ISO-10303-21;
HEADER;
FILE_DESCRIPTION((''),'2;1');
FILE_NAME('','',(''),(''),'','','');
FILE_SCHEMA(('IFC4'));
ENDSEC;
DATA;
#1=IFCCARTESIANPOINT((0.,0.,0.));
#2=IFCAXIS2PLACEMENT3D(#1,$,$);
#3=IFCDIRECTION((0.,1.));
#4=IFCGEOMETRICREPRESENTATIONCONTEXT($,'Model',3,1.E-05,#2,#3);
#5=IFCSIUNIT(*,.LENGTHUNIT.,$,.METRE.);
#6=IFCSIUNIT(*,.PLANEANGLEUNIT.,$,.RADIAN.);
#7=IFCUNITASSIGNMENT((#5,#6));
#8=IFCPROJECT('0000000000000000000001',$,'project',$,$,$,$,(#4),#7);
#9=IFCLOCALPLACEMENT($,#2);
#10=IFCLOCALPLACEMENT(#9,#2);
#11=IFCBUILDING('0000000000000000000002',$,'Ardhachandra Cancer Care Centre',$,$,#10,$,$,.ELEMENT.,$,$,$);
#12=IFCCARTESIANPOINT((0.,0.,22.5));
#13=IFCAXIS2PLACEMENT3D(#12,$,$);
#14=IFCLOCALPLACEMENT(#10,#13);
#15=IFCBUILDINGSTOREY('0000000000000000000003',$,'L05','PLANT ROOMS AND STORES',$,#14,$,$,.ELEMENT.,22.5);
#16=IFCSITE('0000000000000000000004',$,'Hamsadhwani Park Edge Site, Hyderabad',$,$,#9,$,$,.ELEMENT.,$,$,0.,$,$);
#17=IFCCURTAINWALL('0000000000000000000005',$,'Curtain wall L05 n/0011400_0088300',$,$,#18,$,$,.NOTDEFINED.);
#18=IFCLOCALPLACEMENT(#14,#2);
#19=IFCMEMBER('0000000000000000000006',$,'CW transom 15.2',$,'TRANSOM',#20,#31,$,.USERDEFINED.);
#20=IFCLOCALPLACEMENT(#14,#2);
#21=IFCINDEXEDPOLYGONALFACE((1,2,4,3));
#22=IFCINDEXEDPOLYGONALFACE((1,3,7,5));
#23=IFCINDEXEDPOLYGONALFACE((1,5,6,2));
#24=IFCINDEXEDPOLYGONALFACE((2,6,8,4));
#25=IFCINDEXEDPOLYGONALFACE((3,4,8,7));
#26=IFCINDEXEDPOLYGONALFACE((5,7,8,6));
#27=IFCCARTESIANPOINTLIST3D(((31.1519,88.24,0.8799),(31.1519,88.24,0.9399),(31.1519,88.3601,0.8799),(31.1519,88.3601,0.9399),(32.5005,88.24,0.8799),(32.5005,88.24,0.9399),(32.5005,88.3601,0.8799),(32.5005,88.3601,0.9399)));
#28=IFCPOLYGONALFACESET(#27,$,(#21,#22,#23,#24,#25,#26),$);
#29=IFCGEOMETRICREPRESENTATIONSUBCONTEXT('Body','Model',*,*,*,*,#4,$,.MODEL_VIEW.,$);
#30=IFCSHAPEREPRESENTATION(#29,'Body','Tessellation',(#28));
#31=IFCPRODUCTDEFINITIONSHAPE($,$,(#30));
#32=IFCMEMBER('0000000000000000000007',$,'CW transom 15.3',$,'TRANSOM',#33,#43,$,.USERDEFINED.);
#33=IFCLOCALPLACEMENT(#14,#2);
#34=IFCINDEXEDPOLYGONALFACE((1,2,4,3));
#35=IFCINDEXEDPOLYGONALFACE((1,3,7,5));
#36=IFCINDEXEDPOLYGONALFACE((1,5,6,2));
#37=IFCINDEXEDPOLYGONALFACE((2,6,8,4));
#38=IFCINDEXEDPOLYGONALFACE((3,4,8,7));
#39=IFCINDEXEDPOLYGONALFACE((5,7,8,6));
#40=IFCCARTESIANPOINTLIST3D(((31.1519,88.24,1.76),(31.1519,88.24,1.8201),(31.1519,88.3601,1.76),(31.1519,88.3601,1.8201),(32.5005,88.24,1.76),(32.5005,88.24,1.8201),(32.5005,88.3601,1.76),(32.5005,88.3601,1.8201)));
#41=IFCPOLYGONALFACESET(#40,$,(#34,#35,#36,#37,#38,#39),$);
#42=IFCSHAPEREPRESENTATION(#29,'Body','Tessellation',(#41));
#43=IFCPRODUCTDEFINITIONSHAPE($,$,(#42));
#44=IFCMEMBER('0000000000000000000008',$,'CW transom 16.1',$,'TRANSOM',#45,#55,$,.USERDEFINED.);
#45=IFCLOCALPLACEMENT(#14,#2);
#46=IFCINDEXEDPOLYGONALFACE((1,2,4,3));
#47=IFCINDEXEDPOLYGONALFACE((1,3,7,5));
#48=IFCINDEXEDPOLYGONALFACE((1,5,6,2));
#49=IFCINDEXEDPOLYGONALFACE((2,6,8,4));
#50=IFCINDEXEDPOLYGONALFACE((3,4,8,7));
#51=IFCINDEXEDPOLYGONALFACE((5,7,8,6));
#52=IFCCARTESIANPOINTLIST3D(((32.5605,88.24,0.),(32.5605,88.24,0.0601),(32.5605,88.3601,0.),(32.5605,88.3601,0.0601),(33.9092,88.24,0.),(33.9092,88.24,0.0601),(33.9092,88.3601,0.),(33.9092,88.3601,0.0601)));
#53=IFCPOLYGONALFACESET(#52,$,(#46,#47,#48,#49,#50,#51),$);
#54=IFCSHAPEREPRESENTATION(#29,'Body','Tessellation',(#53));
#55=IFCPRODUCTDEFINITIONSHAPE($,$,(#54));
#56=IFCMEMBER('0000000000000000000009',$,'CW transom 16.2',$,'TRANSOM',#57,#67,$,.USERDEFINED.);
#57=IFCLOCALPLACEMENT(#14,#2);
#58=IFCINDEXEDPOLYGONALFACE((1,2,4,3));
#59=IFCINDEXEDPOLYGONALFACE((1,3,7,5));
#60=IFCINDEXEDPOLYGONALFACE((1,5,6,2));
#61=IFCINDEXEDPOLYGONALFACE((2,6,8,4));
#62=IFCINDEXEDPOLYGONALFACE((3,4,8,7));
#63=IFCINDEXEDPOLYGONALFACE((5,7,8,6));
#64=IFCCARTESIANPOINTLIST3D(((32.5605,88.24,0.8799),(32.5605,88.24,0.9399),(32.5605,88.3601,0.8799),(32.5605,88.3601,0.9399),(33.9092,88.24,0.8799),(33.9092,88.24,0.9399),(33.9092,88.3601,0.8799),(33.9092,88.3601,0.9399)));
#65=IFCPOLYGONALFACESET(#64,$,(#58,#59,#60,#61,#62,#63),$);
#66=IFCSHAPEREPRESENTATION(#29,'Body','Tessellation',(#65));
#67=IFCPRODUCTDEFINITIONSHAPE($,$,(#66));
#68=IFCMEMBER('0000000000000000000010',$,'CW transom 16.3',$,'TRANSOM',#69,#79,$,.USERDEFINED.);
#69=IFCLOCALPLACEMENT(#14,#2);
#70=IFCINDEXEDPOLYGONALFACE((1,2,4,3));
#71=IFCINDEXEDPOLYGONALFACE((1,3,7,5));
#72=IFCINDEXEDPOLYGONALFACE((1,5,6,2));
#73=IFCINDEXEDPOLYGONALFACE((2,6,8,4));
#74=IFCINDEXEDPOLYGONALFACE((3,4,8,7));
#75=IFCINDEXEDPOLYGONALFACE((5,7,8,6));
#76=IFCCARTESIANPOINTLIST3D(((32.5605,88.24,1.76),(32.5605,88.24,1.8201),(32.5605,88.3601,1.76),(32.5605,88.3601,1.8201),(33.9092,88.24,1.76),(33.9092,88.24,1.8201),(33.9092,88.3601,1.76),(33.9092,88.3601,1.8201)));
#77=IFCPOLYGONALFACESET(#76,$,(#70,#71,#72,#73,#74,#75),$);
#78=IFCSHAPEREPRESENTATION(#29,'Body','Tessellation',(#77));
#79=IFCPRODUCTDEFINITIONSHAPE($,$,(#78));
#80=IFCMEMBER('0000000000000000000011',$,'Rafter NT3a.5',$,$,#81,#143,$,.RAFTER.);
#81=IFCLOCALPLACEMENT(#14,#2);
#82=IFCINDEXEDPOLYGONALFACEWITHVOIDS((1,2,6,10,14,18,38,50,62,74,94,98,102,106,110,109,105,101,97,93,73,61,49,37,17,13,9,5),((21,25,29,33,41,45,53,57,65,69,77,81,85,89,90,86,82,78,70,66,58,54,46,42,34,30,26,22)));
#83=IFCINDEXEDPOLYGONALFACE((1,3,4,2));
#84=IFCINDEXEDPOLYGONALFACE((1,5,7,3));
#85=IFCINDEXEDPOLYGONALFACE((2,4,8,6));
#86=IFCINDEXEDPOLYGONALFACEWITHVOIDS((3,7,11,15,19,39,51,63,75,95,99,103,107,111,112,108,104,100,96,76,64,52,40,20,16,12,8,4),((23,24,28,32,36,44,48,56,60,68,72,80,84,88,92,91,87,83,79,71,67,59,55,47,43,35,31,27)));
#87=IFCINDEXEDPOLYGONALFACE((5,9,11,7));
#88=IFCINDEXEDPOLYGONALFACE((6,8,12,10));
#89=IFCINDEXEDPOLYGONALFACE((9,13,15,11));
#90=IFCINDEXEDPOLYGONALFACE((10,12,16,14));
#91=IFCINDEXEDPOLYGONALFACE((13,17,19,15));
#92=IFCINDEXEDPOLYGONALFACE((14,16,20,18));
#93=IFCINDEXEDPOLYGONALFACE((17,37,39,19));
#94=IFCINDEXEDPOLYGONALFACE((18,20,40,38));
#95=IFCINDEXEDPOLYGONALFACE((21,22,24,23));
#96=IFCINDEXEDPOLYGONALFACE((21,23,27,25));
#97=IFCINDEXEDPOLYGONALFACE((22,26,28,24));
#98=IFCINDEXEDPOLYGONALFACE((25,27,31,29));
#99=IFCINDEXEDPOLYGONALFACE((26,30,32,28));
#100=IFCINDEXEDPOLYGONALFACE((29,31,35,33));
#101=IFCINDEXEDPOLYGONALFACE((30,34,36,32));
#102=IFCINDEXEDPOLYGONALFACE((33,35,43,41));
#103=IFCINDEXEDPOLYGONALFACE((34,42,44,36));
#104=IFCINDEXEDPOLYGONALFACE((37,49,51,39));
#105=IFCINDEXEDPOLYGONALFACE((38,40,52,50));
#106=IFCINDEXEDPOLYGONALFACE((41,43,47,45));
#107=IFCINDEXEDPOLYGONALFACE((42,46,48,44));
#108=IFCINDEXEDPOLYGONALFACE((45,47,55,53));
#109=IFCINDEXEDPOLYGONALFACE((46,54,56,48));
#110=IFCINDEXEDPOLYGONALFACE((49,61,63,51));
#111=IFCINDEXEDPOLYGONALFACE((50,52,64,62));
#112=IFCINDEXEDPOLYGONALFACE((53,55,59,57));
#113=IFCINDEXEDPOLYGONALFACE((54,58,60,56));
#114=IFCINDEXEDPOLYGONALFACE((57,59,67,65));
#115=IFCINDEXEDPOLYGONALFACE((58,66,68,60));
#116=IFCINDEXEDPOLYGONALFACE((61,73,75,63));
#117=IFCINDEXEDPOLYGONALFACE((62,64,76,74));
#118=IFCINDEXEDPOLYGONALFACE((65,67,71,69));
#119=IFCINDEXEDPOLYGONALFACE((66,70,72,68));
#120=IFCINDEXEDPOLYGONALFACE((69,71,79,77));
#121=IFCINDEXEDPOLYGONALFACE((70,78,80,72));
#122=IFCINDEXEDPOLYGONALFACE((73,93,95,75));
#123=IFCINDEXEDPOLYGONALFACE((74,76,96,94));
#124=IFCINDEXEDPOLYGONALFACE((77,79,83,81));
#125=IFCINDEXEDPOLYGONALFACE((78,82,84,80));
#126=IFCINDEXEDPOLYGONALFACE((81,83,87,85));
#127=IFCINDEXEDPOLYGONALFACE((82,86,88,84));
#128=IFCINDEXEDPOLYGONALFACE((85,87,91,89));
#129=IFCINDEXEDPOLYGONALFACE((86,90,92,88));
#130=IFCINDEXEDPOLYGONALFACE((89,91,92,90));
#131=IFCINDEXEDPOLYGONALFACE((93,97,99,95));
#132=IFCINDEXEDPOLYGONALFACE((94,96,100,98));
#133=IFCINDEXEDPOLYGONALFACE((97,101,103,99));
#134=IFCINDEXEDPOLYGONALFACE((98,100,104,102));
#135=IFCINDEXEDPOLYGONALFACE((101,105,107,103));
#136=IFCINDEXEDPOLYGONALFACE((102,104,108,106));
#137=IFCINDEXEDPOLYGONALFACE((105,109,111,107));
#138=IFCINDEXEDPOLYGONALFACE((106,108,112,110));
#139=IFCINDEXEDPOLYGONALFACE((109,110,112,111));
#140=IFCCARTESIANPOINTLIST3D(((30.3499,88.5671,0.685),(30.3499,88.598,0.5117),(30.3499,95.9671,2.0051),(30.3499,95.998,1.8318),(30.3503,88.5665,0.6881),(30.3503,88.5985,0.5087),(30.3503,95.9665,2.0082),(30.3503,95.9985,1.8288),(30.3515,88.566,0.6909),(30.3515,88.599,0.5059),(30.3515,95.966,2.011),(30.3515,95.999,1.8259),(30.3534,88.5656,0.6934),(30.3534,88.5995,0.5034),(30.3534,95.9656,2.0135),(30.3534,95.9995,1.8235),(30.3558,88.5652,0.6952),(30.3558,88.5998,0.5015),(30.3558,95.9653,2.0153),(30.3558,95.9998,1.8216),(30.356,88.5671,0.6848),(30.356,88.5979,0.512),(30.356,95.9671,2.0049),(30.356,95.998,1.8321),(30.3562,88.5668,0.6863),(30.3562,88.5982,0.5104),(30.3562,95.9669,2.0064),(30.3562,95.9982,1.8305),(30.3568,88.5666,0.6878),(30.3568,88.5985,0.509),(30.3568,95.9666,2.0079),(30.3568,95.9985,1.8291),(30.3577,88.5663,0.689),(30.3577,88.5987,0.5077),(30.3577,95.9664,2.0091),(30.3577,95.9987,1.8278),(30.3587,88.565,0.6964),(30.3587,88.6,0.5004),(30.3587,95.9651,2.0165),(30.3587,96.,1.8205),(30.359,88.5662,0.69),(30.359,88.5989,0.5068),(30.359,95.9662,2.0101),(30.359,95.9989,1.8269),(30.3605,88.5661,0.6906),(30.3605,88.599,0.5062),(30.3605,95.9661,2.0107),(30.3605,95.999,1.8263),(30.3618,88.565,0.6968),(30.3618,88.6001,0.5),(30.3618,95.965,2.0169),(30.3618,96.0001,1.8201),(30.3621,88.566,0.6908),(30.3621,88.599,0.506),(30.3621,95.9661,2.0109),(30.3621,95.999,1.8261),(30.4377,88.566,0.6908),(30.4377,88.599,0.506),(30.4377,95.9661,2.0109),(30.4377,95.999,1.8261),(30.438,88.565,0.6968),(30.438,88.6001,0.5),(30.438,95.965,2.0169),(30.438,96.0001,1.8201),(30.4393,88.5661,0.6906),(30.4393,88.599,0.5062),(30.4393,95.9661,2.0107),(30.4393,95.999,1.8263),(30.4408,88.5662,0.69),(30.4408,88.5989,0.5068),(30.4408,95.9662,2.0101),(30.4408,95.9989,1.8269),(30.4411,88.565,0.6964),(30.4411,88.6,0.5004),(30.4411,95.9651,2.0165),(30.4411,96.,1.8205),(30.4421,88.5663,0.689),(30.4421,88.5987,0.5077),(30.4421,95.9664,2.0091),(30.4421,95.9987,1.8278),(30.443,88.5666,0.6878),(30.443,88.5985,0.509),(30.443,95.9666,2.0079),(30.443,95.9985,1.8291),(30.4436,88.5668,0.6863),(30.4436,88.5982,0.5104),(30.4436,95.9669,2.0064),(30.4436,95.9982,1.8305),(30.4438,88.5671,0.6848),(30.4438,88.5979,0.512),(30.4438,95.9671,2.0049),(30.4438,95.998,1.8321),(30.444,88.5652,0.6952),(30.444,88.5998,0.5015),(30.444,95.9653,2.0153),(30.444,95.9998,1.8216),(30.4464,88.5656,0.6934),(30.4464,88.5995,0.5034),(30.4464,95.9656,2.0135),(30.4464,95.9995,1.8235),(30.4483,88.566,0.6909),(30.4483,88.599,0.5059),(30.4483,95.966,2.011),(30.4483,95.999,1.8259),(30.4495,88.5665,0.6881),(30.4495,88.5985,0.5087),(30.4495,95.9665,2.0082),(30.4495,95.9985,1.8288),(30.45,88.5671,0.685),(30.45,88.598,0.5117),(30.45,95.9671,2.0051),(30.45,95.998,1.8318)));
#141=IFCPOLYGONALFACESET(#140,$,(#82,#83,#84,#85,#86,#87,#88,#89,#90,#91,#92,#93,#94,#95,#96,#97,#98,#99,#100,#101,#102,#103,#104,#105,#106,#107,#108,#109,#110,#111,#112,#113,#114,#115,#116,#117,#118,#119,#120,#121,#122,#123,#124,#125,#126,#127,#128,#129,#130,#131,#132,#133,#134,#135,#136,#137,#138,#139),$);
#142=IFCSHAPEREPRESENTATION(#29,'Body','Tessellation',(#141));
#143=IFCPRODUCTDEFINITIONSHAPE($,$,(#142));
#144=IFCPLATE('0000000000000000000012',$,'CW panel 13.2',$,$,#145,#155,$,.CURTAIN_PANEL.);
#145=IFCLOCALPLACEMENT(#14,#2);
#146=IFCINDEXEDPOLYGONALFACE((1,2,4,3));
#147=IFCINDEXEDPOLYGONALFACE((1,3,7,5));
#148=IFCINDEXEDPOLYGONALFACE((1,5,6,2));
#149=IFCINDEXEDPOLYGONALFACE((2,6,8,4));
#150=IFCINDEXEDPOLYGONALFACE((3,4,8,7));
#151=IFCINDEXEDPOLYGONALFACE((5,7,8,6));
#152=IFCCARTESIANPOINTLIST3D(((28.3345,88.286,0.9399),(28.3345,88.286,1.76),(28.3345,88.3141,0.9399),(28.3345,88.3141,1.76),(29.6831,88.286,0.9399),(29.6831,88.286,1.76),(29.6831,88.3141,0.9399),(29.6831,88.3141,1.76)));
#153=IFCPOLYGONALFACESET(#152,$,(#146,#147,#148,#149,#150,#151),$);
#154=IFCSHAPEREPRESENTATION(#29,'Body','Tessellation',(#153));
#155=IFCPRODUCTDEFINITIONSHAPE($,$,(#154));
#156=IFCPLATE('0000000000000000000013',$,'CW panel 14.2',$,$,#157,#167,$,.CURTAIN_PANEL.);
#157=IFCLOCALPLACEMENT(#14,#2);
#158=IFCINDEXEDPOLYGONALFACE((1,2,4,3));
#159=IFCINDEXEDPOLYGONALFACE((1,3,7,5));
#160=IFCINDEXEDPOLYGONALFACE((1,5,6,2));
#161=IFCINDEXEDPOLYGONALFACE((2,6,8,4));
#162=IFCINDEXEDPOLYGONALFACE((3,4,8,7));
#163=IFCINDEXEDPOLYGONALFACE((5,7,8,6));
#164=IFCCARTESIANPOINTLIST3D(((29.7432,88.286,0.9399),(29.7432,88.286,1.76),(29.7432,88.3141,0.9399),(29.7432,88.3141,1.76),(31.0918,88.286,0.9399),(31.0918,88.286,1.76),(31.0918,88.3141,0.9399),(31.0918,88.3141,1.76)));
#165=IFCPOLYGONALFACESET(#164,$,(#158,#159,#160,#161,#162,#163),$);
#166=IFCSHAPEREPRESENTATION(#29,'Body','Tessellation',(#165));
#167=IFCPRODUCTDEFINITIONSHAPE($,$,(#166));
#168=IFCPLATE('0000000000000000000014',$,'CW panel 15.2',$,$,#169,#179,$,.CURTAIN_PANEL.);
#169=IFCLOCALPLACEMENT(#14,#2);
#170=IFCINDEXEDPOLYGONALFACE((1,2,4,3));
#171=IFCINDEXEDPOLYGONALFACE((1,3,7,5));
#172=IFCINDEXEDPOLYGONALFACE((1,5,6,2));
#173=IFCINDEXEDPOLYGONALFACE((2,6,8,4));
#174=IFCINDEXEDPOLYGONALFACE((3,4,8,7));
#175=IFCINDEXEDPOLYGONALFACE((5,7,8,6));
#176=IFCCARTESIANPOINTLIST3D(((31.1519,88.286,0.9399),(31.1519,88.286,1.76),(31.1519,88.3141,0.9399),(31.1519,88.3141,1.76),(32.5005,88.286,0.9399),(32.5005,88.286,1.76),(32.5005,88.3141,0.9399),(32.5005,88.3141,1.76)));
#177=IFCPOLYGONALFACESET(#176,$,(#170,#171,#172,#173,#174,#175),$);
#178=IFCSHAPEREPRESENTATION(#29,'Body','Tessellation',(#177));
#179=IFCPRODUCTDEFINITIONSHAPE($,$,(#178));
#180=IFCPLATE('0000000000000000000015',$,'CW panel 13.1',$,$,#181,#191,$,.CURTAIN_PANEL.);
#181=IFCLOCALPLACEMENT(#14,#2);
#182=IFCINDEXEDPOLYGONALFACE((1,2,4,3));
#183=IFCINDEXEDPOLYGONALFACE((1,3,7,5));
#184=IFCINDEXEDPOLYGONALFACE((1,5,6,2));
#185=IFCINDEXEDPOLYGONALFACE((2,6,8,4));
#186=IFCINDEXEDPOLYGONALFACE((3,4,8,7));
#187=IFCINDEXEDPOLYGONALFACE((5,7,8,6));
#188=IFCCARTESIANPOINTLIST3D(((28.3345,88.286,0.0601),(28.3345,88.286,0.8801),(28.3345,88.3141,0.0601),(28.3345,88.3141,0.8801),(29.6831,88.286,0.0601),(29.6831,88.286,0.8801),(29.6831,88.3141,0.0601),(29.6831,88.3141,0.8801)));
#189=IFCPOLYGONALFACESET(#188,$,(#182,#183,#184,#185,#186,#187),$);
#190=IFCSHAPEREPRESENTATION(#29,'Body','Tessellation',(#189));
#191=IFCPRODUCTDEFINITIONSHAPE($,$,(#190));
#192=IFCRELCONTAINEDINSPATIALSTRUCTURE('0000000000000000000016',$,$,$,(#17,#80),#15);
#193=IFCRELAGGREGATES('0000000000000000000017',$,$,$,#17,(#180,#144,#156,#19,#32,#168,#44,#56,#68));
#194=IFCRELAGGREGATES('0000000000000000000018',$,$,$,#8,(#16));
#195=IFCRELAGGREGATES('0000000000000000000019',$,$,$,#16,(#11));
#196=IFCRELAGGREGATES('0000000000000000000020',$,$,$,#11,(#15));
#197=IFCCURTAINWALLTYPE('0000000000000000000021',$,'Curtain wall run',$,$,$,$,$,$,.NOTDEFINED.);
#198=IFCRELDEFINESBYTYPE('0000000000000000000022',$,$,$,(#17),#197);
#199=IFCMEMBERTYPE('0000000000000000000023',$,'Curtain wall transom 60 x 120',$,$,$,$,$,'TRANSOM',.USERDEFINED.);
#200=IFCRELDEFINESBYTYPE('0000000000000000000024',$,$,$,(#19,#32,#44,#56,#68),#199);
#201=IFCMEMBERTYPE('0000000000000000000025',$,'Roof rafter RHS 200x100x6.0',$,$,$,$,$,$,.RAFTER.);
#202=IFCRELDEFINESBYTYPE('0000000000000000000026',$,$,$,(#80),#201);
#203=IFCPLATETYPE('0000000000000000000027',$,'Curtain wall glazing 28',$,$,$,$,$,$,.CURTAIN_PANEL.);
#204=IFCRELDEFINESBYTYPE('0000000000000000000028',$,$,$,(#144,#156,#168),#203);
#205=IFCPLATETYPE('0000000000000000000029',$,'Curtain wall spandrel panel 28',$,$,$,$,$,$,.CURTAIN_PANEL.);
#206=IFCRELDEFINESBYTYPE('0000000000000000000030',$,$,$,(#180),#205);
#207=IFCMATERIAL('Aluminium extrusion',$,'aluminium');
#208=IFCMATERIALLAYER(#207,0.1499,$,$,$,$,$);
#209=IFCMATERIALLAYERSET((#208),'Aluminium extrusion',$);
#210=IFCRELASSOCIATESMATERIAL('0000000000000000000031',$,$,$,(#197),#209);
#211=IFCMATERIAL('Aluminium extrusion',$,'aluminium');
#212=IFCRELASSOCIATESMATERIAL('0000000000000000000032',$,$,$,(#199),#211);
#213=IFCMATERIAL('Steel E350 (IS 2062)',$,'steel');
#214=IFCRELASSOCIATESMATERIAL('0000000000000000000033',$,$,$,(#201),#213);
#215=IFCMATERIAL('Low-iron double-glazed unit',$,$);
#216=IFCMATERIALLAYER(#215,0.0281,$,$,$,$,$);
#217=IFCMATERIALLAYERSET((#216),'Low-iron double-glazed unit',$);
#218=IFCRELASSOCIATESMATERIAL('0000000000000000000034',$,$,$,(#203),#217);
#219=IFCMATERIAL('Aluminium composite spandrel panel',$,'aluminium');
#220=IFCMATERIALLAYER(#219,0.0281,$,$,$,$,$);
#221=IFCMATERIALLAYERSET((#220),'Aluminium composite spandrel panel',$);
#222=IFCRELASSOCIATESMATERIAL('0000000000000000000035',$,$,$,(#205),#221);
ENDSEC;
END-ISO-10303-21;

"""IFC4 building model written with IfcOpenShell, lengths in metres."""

from ifc_helpers import new_model, si_unit, direction, frame, origin, origin_2d, place, context, subcontext, project, spatial, rectangle, hollow_rectangle, extrude, material, layer, layer_set, material_profile, profile_set, type_object, element, aggregate, save


model = new_model("IFC4")

# Units and contexts
model_context = context("Model", 3, precision=1e-05, world=origin(), true_north=direction((0.0, 1.0)))
body_context = subcontext(model_context, "Body", "Model", "MODEL_VIEW")
ifc_project = project(units=[si_unit("LENGTHUNIT", "METRE"), si_unit("PLANEANGLEUNIT", "RADIAN")], contexts=[model_context])

# Site, building, storey
site_placement = place(None, origin())
site = spatial("IfcSite", under=ifc_project, at=site_placement, Name="Hamsadhwani Park Edge Site, Hyderabad", CompositionType="ELEMENT", RefElevation=0.0)
building_placement = place(site_placement, origin())
building = spatial("IfcBuilding", under=site, at=building_placement, Name="Ardhachandra Cancer Care Centre", CompositionType="ELEMENT")
storey_placement = place(building_placement, frame((0.0, 0.0, 22.5)))
storey = spatial("IfcBuildingStorey", under=building, at=storey_placement, Name="L05", Description="PLANT ROOMS AND STORES", CompositionType="ELEMENT", Elevation=22.5)

# Curtain wall, members
ifc_material_1 = material(Name="Aluminium extrusion", Category="aluminium")
ifc_layer_1 = layer(ifc_material_1, 0.1499)
ifc_layer_set_1 = layer_set([ifc_layer_1], Name="Aluminium extrusion")
curtain_wall_type = type_object("IfcCurtainWallType", Name="Curtain wall run", PredefinedType="NOTDEFINED", material=ifc_layer_set_1)
curtain_wall_placement = place(storey_placement, origin())
curtain_wall = element("IfcCurtainWall", 1, at=curtain_wall_placement, inside=storey, type_object=curtain_wall_type, Name="Curtain wall L05 n/0011400_0088300", PredefinedType="NOTDEFINED")
ifc_material_2 = material(Name="Aluminium extrusion", Category="aluminium")
ifc_material_profile_1 = material_profile(ifc_material_2, rectangle(XDim=0.1201, YDim=0.0601, at=origin_2d()), Name="Curtain wall transom 60 x 120")
ifc_profile_set_1 = profile_set([ifc_material_profile_1], Name="Aluminium extrusion")
member_type_1 = type_object("IfcMemberType", Name="Curtain wall transom 60 x 120", ElementType="TRANSOM", PredefinedType="USERDEFINED", material=ifc_profile_set_1)
member_1_placement = place(storey_placement, frame((31.1519, 88.3, 0.9099), z_axis=(1.0, 0.0, 0.0), x_axis=(0.0, 1.0, 0.0)))
member_1 = element("IfcMember", 2, at=member_1_placement, type_object=member_type_1, Name="CW transom 15.2", ObjectType="TRANSOM", PredefinedType="USERDEFINED", context=body_context, shape_type="SweptSolid", body=[
    extrude(rectangle(XDim=0.1201, YDim=0.0601, at=origin_2d()), origin(), (0.0, 0.0, 1.0), 1.3486),
])
member_2_placement = place(storey_placement, frame((31.1519, 88.3, 1.79), z_axis=(1.0, 0.0, 0.0), x_axis=(0.0, 1.0, 0.0)))
member_2 = element("IfcMember", 3, at=member_2_placement, type_object=member_type_1, Name="CW transom 15.3", ObjectType="TRANSOM", PredefinedType="USERDEFINED", context=body_context, shape_type="SweptSolid", body=[
    extrude(rectangle(XDim=0.1201, YDim=0.0601, at=origin_2d()), origin(), (0.0, 0.0, 1.0), 1.3486),
])
member_3_placement = place(storey_placement, frame((32.5605, 88.3, 0.03), z_axis=(1.0, 0.0, 0.0), x_axis=(0.0, 1.0, 0.0)))
member_3 = element("IfcMember", 4, at=member_3_placement, type_object=member_type_1, Name="CW transom 16.1", ObjectType="TRANSOM", PredefinedType="USERDEFINED", context=body_context, shape_type="SweptSolid", body=[
    extrude(rectangle(XDim=0.1201, YDim=0.0601, at=origin_2d()), origin(), (0.0, 0.0, 1.0), 1.3486),
])
member_4_placement = place(storey_placement, frame((32.5605, 88.3, 0.9099), z_axis=(1.0, 0.0, 0.0), x_axis=(0.0, 1.0, 0.0)))
member_4 = element("IfcMember", 5, at=member_4_placement, type_object=member_type_1, Name="CW transom 16.2", ObjectType="TRANSOM", PredefinedType="USERDEFINED", context=body_context, shape_type="SweptSolid", body=[
    extrude(rectangle(XDim=0.1201, YDim=0.0601, at=origin_2d()), origin(), (0.0, 0.0, 1.0), 1.3486),
])
member_5_placement = place(storey_placement, frame((32.5605, 88.3, 1.79), z_axis=(1.0, 0.0, 0.0), x_axis=(0.0, 1.0, 0.0)))
member_5 = element("IfcMember", 6, at=member_5_placement, type_object=member_type_1, Name="CW transom 16.3", ObjectType="TRANSOM", PredefinedType="USERDEFINED", context=body_context, shape_type="SweptSolid", body=[
    extrude(rectangle(XDim=0.1201, YDim=0.0601, at=origin_2d()), origin(), (0.0, 0.0, 1.0), 1.3486),
])

# Member
ifc_material_3 = material(Name="Steel E350 (IS 2062)", Category="steel")
ifc_material_profile_2 = material_profile(ifc_material_3, hollow_rectangle(XDim=0.1001, YDim=0.2, WallThickness=0.0061, InnerFilletRadius=0.0061, OuterFilletRadius=0.012, at=origin_2d()), Name="RHS 200x100x6.0")
ifc_profile_set_2 = profile_set([ifc_material_profile_2], Name="Steel E350 (IS 2062)")
member_type_2 = type_object("IfcMemberType", Name="Roof rafter RHS 200x100x6.0", PredefinedType="RAFTER", material=ifc_profile_set_2)
member_6_placement = place(storey_placement, frame((30.3999, 88.5825, 0.5984), z_axis=(0.0, 0.984458, 0.175618), x_axis=(-1.0, 0.0, 0.0)))
element("IfcMember", 7, at=member_6_placement, inside=storey, type_object=member_type_2, Name="Rafter NT3a.5", PredefinedType="RAFTER", context=body_context, shape_type="SweptSolid", body=[
    extrude(hollow_rectangle(XDim=0.1001, YDim=0.2, WallThickness=0.0061, InnerFilletRadius=0.0061, OuterFilletRadius=0.012, at=origin_2d()), origin(), (0.0, 0.0, 1.0), 7.5168),
])

# Plates
ifc_material_4 = material(Name="Low-iron double-glazed unit")
ifc_layer_2 = layer(ifc_material_4, 0.0281)
ifc_layer_set_2 = layer_set([ifc_layer_2], Name="Low-iron double-glazed unit")
plate_type_1 = type_object("IfcPlateType", Name="Curtain wall glazing 28", PredefinedType="CURTAIN_PANEL", material=ifc_layer_set_2)
plate_1_placement = place(storey_placement, frame((29.0088, 88.3, 0.9399), z_axis=(0.0, 0.0, 1.0), x_axis=(1.0, 0.0, 0.0)))
plate_1 = element("IfcPlate", 8, at=plate_1_placement, type_object=plate_type_1, Name="CW panel 13.2", PredefinedType="CURTAIN_PANEL", context=body_context, shape_type="SweptSolid", body=[
    extrude(rectangle(XDim=1.3486, YDim=0.0281, at=origin_2d()), origin(), (0.0, 0.0, 1.0), 0.8201),
])
plate_2_placement = place(storey_placement, frame((30.4175, 88.3, 0.9399), z_axis=(0.0, 0.0, 1.0), x_axis=(1.0, 0.0, 0.0)))
plate_2 = element("IfcPlate", 9, at=plate_2_placement, type_object=plate_type_1, Name="CW panel 14.2", PredefinedType="CURTAIN_PANEL", context=body_context, shape_type="SweptSolid", body=[
    extrude(rectangle(XDim=1.3486, YDim=0.0281, at=origin_2d()), origin(), (0.0, 0.0, 1.0), 0.8201),
])
plate_3_placement = place(storey_placement, frame((31.8262, 88.3, 0.9399), z_axis=(0.0, 0.0, 1.0), x_axis=(1.0, 0.0, 0.0)))
plate_3 = element("IfcPlate", 10, at=plate_3_placement, type_object=plate_type_1, Name="CW panel 15.2", PredefinedType="CURTAIN_PANEL", context=body_context, shape_type="SweptSolid", body=[
    extrude(rectangle(XDim=1.3486, YDim=0.0281, at=origin_2d()), origin(), (0.0, 0.0, 1.0), 0.8201),
])
ifc_material_5 = material(Name="Aluminium composite spandrel panel", Category="aluminium")
ifc_layer_3 = layer(ifc_material_5, 0.0281)
ifc_layer_set_3 = layer_set([ifc_layer_3], Name="Aluminium composite spandrel panel")
plate_type_2 = type_object("IfcPlateType", Name="Curtain wall spandrel panel 28", PredefinedType="CURTAIN_PANEL", material=ifc_layer_set_3)
plate_4_placement = place(storey_placement, frame((29.0088, 88.3, 0.0601), z_axis=(0.0, 0.0, 1.0), x_axis=(1.0, 0.0, 0.0)))
plate_4 = element("IfcPlate", 11, at=plate_4_placement, type_object=plate_type_2, Name="CW panel 13.1", PredefinedType="CURTAIN_PANEL", context=body_context, shape_type="SweptSolid", body=[
    extrude(rectangle(XDim=1.3486, YDim=0.0281, at=origin_2d()), origin(), (0.0, 0.0, 1.0), 0.8201),
])
aggregate(curtain_wall, [plate_4, plate_1, plate_2, member_1, member_2, plate_3, member_3, member_4, member_5])

save(model, "model.ifc")
